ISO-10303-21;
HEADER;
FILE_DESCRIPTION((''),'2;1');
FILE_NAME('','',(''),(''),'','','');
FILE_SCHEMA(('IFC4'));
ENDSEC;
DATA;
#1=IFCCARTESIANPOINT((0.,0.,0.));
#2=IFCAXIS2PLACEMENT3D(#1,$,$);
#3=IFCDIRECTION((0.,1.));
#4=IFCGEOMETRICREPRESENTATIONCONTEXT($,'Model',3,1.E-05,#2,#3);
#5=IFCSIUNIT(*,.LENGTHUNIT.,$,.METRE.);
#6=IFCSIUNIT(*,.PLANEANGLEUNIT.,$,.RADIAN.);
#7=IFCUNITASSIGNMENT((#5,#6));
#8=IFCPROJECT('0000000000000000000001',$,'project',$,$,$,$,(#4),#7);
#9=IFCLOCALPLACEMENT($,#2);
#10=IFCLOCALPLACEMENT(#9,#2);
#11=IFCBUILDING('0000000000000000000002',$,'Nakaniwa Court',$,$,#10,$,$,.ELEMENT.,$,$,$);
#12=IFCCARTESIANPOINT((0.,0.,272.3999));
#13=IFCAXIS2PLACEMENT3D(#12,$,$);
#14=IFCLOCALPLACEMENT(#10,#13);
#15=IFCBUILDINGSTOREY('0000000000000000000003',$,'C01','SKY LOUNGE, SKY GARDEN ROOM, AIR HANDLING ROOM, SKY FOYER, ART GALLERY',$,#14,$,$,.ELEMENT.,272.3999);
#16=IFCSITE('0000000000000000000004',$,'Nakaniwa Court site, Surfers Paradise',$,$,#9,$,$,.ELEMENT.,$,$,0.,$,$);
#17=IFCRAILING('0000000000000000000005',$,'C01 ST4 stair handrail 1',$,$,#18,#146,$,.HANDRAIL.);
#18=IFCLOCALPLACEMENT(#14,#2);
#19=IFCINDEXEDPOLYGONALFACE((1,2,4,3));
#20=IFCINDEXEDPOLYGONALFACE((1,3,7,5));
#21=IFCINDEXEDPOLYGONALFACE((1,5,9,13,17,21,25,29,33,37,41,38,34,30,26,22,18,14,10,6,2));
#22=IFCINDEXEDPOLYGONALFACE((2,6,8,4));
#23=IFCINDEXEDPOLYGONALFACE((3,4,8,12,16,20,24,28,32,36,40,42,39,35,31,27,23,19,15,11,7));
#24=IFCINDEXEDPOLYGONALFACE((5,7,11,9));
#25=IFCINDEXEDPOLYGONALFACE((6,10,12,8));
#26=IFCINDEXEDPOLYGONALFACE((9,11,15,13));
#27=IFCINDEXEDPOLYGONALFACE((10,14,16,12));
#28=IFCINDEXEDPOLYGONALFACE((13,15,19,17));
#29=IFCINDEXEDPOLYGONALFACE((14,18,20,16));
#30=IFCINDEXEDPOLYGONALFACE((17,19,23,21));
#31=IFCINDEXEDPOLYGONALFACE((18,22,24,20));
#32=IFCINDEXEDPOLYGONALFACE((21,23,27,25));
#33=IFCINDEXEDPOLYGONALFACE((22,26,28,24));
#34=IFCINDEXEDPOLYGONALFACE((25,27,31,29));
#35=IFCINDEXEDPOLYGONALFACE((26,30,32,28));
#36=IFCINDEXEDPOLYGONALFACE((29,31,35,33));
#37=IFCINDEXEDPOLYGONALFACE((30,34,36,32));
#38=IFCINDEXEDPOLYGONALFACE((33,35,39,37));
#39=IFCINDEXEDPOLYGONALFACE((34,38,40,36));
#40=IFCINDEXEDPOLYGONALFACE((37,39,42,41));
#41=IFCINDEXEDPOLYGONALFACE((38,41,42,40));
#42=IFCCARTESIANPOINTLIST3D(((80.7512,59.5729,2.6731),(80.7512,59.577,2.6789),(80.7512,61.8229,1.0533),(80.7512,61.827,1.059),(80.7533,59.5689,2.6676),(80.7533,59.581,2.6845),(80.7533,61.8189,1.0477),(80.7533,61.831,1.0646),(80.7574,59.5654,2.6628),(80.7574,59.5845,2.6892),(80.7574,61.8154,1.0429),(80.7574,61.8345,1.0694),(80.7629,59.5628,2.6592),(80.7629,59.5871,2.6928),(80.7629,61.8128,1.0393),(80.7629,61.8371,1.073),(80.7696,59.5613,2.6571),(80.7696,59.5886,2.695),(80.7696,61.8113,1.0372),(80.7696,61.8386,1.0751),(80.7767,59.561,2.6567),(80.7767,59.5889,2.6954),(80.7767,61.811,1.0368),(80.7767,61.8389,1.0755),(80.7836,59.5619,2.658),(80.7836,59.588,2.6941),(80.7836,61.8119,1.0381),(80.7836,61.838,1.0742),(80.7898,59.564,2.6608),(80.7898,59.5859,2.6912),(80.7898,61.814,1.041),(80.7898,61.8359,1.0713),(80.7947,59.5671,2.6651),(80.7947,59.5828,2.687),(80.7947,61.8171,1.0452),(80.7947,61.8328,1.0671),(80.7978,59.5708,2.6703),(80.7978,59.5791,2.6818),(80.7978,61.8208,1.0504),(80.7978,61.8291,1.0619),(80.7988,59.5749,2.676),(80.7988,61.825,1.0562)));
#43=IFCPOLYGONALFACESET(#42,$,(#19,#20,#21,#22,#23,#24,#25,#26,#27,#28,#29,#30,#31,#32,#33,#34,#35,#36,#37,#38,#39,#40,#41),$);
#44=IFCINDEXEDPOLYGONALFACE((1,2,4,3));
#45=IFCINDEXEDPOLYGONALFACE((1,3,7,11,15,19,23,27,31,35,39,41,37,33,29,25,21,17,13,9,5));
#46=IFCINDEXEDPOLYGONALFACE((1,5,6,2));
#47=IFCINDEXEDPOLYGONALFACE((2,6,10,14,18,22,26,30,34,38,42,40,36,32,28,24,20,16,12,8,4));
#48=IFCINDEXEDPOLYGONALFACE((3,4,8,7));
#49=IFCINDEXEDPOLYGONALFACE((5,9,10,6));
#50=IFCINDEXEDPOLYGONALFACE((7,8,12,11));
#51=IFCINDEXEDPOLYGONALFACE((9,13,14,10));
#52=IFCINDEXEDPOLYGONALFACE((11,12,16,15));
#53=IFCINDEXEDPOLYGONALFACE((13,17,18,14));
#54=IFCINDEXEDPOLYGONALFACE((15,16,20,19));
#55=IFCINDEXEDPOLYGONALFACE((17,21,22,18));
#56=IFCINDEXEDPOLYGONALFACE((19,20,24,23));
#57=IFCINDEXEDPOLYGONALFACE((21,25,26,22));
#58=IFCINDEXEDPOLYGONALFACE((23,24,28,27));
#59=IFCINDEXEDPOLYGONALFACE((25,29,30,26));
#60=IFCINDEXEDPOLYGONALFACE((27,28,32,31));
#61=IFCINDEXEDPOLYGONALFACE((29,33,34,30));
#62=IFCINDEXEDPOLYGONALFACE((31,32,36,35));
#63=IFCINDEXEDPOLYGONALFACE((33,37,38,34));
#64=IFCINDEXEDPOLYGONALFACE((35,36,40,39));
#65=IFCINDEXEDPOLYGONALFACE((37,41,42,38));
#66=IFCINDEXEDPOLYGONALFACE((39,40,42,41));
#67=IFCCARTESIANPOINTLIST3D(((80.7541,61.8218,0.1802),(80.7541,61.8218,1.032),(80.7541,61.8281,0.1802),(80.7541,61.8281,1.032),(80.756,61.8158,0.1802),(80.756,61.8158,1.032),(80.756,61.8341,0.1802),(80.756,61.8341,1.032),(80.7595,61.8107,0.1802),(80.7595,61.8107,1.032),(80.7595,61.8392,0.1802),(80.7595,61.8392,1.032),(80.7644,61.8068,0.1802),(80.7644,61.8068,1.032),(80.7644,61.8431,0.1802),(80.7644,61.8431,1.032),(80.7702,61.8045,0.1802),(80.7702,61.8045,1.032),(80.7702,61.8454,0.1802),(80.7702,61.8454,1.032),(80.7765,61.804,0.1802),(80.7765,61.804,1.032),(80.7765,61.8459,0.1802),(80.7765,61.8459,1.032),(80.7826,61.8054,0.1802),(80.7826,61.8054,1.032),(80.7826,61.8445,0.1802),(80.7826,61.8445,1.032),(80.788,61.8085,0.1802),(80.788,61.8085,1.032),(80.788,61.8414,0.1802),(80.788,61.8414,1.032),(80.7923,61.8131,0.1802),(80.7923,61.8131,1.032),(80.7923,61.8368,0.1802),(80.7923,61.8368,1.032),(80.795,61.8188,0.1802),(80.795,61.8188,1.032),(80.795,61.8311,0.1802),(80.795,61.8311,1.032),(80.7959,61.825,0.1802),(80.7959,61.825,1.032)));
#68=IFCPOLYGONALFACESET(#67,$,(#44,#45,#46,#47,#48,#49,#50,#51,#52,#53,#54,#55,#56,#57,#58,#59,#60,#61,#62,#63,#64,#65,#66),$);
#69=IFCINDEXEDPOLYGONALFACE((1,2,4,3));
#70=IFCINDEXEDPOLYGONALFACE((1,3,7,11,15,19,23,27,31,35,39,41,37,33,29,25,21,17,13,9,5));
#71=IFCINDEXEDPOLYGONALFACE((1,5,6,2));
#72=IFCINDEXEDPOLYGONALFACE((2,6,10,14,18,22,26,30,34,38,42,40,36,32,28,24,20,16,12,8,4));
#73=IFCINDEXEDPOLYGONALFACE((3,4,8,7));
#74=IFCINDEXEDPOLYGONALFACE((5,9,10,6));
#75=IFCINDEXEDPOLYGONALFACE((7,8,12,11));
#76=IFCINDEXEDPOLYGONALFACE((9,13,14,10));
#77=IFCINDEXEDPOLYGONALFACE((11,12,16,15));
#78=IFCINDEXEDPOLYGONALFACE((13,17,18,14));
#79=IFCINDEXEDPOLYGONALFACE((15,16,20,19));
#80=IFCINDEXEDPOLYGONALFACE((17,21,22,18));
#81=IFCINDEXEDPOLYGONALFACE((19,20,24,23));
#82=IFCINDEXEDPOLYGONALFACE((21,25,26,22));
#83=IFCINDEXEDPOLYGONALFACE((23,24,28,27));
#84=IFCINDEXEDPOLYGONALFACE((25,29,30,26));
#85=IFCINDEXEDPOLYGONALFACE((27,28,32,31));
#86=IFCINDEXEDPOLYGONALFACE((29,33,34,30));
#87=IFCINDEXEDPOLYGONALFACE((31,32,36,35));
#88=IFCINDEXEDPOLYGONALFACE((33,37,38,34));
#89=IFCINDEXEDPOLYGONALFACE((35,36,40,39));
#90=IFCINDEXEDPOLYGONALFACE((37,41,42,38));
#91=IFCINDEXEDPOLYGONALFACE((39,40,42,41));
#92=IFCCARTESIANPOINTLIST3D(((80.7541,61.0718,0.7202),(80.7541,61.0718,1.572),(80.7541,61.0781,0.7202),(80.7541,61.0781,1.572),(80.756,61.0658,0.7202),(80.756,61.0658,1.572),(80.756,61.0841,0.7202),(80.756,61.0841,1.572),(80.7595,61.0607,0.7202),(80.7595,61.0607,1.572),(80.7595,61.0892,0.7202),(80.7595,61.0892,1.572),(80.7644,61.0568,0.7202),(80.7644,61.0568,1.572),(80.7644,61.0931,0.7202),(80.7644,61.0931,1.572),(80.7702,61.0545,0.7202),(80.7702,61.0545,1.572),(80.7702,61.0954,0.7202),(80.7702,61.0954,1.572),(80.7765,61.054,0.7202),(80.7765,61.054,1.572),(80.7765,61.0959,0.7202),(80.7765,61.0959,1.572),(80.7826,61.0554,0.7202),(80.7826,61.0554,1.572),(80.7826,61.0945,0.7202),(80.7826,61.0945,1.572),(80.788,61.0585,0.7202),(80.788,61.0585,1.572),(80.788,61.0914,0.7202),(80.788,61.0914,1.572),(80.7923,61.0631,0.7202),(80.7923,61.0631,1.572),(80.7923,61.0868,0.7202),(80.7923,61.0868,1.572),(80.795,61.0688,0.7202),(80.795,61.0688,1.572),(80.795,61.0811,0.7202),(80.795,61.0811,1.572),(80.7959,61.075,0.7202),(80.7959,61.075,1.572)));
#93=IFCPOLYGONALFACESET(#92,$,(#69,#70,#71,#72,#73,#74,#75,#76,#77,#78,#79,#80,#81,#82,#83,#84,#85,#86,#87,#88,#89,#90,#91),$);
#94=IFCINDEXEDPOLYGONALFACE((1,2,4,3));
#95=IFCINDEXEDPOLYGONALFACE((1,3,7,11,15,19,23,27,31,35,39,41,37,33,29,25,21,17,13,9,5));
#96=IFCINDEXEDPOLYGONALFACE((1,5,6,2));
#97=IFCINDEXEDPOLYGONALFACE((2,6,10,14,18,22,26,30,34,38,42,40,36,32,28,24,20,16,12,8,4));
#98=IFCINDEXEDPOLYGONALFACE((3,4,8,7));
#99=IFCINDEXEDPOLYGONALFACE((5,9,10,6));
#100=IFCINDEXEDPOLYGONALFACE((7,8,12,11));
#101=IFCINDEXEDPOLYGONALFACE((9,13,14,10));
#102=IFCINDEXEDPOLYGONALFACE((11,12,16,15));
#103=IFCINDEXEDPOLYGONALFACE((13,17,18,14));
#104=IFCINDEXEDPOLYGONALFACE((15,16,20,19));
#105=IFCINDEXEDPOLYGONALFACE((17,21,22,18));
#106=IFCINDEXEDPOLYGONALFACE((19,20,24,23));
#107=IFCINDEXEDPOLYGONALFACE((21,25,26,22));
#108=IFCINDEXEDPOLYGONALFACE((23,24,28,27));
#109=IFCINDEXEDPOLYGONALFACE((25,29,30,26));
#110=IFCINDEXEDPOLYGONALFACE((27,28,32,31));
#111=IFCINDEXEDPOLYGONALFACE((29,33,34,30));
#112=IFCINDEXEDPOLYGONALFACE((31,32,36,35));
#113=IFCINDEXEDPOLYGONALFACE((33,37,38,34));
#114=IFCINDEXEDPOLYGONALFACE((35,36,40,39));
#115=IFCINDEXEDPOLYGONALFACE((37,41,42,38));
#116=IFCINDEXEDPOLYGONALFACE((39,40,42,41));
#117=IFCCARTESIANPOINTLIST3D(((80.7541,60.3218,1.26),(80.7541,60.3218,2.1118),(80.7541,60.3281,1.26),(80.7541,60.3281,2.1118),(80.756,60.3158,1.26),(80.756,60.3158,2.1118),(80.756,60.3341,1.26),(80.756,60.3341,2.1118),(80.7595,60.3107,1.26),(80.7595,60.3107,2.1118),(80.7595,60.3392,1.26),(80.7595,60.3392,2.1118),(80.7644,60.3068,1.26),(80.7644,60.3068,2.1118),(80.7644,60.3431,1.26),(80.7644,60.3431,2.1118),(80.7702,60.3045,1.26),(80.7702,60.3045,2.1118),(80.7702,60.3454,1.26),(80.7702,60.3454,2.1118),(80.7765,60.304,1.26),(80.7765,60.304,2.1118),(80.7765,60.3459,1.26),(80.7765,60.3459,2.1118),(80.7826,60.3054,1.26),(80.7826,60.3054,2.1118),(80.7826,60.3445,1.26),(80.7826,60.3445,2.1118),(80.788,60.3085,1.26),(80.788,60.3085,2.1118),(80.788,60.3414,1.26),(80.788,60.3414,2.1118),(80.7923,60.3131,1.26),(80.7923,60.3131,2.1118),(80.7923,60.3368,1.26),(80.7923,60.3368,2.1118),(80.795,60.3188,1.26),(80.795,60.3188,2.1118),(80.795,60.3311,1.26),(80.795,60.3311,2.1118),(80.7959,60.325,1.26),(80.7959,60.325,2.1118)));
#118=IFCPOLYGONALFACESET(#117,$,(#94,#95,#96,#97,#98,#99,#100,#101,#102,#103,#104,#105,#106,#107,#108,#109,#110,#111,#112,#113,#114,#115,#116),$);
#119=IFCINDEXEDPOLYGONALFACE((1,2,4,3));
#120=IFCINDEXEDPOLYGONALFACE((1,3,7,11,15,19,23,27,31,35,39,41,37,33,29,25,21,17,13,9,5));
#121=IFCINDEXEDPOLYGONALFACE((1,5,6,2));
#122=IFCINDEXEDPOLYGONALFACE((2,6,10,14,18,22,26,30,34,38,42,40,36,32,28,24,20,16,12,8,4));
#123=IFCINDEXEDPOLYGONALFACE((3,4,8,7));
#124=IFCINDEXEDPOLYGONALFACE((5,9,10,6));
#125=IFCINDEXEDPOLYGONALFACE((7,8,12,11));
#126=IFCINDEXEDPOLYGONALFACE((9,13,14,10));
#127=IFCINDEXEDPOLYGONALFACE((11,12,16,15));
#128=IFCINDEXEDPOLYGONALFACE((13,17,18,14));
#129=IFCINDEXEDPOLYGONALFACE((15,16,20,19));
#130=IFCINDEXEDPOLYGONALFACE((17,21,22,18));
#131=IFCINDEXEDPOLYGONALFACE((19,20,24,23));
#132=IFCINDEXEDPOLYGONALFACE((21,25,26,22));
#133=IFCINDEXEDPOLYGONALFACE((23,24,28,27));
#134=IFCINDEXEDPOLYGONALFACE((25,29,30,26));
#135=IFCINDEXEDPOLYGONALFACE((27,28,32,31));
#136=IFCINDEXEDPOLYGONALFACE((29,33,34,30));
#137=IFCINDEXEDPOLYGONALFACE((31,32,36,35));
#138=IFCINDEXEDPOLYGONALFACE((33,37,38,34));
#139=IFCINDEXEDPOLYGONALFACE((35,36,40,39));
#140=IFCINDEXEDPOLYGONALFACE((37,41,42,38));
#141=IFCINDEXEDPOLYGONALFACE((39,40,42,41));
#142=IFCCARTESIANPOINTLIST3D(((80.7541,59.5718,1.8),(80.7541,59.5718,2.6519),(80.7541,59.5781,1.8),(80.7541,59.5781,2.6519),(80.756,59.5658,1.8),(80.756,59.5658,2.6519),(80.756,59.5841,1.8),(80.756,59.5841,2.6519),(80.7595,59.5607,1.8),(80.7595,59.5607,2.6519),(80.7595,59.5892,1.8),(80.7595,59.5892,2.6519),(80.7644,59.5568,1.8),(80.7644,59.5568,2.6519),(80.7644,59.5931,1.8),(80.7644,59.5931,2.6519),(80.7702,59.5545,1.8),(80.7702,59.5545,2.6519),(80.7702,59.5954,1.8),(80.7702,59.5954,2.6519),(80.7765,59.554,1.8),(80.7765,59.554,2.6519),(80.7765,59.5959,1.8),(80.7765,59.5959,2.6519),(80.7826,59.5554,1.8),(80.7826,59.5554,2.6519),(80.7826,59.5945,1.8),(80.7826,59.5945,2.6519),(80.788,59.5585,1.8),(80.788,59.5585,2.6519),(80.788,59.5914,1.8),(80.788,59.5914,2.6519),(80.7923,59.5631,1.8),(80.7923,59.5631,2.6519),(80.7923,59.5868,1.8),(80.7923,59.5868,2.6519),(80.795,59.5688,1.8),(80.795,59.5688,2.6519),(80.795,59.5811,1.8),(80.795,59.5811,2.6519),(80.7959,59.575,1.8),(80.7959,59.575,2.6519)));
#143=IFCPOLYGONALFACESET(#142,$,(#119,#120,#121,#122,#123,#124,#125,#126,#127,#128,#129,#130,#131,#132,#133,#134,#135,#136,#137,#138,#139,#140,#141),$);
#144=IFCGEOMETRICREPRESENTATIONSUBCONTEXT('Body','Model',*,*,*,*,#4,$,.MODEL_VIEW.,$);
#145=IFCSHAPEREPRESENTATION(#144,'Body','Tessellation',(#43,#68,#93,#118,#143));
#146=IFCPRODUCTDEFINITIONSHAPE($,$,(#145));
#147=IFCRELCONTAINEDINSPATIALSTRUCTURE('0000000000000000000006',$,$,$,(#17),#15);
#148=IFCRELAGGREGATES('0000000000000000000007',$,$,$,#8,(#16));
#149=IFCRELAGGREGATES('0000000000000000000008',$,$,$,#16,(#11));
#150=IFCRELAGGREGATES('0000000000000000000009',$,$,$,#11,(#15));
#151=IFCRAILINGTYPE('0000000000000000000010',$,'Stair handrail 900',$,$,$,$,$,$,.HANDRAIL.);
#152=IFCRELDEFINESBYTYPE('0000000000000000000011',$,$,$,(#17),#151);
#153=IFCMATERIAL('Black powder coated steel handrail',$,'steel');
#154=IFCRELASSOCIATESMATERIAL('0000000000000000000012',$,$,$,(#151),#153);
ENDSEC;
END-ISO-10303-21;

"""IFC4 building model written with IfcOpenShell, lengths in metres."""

from ifc_helpers import new_model, si_unit, direction, frame, origin, origin_2d, place, context, subcontext, project, spatial, circle, extrude, material, type_object, element, save


model = new_model("IFC4")

# Units and contexts
model_context = context("Model", 3, precision=1e-05, world=origin(), true_north=direction((0.0, 1.0)))
body_context = subcontext(model_context, "Body", "Model", "MODEL_VIEW")
ifc_project = project(units=[si_unit("LENGTHUNIT", "METRE"), si_unit("PLANEANGLEUNIT", "RADIAN")], contexts=[model_context])

# Site, building, storey
site_placement = place(None, origin())
site = spatial("IfcSite", under=ifc_project, at=site_placement, Name="Nakaniwa Court site, Surfers Paradise", CompositionType="ELEMENT", RefElevation=0.0)
building_placement = place(site_placement, origin())
building = spatial("IfcBuilding", under=site, at=building_placement, Name="Nakaniwa Court", CompositionType="ELEMENT")
storey_placement = place(building_placement, frame((0.0, 0.0, 272.3999)))
storey = spatial("IfcBuildingStorey", under=building, at=storey_placement, Name="C01", Description="SKY LOUNGE, SKY GARDEN ROOM, AIR HANDLING ROOM, SKY FOYER, ART GALLERY", CompositionType="ELEMENT", Elevation=272.3999)

# Railing
ifc_material_1 = material(Name="Black powder coated steel handrail", Category="steel")
railing_type_1 = type_object("IfcRailingType", Name="Stair handrail 900", PredefinedType="HANDRAIL", material=ifc_material_1)
railing_1_placement = place(storey_placement, frame((80.7749, 61.825, 0.1802)))
element("IfcRailing", 1, at=railing_1_placement, inside=storey, type_object=railing_type_1, Name="C01 ST4 stair handrail 1", PredefinedType="HANDRAIL", context=body_context, shape_type="SweptSolid", body=[
    extrude(circle(Radius=0.0239, at=origin_2d()), frame((0.0, 0.0, 0.876), z_axis=(0.0, -0.811556, 0.584275), x_axis=(1.0, 0.0, 0.0)), (0.0, 0.0, 1.0), 2.7725),
    extrude(circle(Radius=0.021, at=origin_2d()), origin(), (0.0, 0.0, 1.0), 0.8518),
    extrude(circle(Radius=0.021, at=origin_2d()), frame((0.0, -0.75, 0.54)), (0.0, 0.0, 1.0), 0.8518),
    extrude(circle(Radius=0.021, at=origin_2d()), frame((0.0, -1.5, 1.0798)), (0.0, 0.0, 1.0), 0.8518),
    extrude(circle(Radius=0.021, at=origin_2d()), frame((0.0, -2.25, 1.6199)), (0.0, 0.0, 1.0), 0.8518),
])

save(model, "model.ifc")
